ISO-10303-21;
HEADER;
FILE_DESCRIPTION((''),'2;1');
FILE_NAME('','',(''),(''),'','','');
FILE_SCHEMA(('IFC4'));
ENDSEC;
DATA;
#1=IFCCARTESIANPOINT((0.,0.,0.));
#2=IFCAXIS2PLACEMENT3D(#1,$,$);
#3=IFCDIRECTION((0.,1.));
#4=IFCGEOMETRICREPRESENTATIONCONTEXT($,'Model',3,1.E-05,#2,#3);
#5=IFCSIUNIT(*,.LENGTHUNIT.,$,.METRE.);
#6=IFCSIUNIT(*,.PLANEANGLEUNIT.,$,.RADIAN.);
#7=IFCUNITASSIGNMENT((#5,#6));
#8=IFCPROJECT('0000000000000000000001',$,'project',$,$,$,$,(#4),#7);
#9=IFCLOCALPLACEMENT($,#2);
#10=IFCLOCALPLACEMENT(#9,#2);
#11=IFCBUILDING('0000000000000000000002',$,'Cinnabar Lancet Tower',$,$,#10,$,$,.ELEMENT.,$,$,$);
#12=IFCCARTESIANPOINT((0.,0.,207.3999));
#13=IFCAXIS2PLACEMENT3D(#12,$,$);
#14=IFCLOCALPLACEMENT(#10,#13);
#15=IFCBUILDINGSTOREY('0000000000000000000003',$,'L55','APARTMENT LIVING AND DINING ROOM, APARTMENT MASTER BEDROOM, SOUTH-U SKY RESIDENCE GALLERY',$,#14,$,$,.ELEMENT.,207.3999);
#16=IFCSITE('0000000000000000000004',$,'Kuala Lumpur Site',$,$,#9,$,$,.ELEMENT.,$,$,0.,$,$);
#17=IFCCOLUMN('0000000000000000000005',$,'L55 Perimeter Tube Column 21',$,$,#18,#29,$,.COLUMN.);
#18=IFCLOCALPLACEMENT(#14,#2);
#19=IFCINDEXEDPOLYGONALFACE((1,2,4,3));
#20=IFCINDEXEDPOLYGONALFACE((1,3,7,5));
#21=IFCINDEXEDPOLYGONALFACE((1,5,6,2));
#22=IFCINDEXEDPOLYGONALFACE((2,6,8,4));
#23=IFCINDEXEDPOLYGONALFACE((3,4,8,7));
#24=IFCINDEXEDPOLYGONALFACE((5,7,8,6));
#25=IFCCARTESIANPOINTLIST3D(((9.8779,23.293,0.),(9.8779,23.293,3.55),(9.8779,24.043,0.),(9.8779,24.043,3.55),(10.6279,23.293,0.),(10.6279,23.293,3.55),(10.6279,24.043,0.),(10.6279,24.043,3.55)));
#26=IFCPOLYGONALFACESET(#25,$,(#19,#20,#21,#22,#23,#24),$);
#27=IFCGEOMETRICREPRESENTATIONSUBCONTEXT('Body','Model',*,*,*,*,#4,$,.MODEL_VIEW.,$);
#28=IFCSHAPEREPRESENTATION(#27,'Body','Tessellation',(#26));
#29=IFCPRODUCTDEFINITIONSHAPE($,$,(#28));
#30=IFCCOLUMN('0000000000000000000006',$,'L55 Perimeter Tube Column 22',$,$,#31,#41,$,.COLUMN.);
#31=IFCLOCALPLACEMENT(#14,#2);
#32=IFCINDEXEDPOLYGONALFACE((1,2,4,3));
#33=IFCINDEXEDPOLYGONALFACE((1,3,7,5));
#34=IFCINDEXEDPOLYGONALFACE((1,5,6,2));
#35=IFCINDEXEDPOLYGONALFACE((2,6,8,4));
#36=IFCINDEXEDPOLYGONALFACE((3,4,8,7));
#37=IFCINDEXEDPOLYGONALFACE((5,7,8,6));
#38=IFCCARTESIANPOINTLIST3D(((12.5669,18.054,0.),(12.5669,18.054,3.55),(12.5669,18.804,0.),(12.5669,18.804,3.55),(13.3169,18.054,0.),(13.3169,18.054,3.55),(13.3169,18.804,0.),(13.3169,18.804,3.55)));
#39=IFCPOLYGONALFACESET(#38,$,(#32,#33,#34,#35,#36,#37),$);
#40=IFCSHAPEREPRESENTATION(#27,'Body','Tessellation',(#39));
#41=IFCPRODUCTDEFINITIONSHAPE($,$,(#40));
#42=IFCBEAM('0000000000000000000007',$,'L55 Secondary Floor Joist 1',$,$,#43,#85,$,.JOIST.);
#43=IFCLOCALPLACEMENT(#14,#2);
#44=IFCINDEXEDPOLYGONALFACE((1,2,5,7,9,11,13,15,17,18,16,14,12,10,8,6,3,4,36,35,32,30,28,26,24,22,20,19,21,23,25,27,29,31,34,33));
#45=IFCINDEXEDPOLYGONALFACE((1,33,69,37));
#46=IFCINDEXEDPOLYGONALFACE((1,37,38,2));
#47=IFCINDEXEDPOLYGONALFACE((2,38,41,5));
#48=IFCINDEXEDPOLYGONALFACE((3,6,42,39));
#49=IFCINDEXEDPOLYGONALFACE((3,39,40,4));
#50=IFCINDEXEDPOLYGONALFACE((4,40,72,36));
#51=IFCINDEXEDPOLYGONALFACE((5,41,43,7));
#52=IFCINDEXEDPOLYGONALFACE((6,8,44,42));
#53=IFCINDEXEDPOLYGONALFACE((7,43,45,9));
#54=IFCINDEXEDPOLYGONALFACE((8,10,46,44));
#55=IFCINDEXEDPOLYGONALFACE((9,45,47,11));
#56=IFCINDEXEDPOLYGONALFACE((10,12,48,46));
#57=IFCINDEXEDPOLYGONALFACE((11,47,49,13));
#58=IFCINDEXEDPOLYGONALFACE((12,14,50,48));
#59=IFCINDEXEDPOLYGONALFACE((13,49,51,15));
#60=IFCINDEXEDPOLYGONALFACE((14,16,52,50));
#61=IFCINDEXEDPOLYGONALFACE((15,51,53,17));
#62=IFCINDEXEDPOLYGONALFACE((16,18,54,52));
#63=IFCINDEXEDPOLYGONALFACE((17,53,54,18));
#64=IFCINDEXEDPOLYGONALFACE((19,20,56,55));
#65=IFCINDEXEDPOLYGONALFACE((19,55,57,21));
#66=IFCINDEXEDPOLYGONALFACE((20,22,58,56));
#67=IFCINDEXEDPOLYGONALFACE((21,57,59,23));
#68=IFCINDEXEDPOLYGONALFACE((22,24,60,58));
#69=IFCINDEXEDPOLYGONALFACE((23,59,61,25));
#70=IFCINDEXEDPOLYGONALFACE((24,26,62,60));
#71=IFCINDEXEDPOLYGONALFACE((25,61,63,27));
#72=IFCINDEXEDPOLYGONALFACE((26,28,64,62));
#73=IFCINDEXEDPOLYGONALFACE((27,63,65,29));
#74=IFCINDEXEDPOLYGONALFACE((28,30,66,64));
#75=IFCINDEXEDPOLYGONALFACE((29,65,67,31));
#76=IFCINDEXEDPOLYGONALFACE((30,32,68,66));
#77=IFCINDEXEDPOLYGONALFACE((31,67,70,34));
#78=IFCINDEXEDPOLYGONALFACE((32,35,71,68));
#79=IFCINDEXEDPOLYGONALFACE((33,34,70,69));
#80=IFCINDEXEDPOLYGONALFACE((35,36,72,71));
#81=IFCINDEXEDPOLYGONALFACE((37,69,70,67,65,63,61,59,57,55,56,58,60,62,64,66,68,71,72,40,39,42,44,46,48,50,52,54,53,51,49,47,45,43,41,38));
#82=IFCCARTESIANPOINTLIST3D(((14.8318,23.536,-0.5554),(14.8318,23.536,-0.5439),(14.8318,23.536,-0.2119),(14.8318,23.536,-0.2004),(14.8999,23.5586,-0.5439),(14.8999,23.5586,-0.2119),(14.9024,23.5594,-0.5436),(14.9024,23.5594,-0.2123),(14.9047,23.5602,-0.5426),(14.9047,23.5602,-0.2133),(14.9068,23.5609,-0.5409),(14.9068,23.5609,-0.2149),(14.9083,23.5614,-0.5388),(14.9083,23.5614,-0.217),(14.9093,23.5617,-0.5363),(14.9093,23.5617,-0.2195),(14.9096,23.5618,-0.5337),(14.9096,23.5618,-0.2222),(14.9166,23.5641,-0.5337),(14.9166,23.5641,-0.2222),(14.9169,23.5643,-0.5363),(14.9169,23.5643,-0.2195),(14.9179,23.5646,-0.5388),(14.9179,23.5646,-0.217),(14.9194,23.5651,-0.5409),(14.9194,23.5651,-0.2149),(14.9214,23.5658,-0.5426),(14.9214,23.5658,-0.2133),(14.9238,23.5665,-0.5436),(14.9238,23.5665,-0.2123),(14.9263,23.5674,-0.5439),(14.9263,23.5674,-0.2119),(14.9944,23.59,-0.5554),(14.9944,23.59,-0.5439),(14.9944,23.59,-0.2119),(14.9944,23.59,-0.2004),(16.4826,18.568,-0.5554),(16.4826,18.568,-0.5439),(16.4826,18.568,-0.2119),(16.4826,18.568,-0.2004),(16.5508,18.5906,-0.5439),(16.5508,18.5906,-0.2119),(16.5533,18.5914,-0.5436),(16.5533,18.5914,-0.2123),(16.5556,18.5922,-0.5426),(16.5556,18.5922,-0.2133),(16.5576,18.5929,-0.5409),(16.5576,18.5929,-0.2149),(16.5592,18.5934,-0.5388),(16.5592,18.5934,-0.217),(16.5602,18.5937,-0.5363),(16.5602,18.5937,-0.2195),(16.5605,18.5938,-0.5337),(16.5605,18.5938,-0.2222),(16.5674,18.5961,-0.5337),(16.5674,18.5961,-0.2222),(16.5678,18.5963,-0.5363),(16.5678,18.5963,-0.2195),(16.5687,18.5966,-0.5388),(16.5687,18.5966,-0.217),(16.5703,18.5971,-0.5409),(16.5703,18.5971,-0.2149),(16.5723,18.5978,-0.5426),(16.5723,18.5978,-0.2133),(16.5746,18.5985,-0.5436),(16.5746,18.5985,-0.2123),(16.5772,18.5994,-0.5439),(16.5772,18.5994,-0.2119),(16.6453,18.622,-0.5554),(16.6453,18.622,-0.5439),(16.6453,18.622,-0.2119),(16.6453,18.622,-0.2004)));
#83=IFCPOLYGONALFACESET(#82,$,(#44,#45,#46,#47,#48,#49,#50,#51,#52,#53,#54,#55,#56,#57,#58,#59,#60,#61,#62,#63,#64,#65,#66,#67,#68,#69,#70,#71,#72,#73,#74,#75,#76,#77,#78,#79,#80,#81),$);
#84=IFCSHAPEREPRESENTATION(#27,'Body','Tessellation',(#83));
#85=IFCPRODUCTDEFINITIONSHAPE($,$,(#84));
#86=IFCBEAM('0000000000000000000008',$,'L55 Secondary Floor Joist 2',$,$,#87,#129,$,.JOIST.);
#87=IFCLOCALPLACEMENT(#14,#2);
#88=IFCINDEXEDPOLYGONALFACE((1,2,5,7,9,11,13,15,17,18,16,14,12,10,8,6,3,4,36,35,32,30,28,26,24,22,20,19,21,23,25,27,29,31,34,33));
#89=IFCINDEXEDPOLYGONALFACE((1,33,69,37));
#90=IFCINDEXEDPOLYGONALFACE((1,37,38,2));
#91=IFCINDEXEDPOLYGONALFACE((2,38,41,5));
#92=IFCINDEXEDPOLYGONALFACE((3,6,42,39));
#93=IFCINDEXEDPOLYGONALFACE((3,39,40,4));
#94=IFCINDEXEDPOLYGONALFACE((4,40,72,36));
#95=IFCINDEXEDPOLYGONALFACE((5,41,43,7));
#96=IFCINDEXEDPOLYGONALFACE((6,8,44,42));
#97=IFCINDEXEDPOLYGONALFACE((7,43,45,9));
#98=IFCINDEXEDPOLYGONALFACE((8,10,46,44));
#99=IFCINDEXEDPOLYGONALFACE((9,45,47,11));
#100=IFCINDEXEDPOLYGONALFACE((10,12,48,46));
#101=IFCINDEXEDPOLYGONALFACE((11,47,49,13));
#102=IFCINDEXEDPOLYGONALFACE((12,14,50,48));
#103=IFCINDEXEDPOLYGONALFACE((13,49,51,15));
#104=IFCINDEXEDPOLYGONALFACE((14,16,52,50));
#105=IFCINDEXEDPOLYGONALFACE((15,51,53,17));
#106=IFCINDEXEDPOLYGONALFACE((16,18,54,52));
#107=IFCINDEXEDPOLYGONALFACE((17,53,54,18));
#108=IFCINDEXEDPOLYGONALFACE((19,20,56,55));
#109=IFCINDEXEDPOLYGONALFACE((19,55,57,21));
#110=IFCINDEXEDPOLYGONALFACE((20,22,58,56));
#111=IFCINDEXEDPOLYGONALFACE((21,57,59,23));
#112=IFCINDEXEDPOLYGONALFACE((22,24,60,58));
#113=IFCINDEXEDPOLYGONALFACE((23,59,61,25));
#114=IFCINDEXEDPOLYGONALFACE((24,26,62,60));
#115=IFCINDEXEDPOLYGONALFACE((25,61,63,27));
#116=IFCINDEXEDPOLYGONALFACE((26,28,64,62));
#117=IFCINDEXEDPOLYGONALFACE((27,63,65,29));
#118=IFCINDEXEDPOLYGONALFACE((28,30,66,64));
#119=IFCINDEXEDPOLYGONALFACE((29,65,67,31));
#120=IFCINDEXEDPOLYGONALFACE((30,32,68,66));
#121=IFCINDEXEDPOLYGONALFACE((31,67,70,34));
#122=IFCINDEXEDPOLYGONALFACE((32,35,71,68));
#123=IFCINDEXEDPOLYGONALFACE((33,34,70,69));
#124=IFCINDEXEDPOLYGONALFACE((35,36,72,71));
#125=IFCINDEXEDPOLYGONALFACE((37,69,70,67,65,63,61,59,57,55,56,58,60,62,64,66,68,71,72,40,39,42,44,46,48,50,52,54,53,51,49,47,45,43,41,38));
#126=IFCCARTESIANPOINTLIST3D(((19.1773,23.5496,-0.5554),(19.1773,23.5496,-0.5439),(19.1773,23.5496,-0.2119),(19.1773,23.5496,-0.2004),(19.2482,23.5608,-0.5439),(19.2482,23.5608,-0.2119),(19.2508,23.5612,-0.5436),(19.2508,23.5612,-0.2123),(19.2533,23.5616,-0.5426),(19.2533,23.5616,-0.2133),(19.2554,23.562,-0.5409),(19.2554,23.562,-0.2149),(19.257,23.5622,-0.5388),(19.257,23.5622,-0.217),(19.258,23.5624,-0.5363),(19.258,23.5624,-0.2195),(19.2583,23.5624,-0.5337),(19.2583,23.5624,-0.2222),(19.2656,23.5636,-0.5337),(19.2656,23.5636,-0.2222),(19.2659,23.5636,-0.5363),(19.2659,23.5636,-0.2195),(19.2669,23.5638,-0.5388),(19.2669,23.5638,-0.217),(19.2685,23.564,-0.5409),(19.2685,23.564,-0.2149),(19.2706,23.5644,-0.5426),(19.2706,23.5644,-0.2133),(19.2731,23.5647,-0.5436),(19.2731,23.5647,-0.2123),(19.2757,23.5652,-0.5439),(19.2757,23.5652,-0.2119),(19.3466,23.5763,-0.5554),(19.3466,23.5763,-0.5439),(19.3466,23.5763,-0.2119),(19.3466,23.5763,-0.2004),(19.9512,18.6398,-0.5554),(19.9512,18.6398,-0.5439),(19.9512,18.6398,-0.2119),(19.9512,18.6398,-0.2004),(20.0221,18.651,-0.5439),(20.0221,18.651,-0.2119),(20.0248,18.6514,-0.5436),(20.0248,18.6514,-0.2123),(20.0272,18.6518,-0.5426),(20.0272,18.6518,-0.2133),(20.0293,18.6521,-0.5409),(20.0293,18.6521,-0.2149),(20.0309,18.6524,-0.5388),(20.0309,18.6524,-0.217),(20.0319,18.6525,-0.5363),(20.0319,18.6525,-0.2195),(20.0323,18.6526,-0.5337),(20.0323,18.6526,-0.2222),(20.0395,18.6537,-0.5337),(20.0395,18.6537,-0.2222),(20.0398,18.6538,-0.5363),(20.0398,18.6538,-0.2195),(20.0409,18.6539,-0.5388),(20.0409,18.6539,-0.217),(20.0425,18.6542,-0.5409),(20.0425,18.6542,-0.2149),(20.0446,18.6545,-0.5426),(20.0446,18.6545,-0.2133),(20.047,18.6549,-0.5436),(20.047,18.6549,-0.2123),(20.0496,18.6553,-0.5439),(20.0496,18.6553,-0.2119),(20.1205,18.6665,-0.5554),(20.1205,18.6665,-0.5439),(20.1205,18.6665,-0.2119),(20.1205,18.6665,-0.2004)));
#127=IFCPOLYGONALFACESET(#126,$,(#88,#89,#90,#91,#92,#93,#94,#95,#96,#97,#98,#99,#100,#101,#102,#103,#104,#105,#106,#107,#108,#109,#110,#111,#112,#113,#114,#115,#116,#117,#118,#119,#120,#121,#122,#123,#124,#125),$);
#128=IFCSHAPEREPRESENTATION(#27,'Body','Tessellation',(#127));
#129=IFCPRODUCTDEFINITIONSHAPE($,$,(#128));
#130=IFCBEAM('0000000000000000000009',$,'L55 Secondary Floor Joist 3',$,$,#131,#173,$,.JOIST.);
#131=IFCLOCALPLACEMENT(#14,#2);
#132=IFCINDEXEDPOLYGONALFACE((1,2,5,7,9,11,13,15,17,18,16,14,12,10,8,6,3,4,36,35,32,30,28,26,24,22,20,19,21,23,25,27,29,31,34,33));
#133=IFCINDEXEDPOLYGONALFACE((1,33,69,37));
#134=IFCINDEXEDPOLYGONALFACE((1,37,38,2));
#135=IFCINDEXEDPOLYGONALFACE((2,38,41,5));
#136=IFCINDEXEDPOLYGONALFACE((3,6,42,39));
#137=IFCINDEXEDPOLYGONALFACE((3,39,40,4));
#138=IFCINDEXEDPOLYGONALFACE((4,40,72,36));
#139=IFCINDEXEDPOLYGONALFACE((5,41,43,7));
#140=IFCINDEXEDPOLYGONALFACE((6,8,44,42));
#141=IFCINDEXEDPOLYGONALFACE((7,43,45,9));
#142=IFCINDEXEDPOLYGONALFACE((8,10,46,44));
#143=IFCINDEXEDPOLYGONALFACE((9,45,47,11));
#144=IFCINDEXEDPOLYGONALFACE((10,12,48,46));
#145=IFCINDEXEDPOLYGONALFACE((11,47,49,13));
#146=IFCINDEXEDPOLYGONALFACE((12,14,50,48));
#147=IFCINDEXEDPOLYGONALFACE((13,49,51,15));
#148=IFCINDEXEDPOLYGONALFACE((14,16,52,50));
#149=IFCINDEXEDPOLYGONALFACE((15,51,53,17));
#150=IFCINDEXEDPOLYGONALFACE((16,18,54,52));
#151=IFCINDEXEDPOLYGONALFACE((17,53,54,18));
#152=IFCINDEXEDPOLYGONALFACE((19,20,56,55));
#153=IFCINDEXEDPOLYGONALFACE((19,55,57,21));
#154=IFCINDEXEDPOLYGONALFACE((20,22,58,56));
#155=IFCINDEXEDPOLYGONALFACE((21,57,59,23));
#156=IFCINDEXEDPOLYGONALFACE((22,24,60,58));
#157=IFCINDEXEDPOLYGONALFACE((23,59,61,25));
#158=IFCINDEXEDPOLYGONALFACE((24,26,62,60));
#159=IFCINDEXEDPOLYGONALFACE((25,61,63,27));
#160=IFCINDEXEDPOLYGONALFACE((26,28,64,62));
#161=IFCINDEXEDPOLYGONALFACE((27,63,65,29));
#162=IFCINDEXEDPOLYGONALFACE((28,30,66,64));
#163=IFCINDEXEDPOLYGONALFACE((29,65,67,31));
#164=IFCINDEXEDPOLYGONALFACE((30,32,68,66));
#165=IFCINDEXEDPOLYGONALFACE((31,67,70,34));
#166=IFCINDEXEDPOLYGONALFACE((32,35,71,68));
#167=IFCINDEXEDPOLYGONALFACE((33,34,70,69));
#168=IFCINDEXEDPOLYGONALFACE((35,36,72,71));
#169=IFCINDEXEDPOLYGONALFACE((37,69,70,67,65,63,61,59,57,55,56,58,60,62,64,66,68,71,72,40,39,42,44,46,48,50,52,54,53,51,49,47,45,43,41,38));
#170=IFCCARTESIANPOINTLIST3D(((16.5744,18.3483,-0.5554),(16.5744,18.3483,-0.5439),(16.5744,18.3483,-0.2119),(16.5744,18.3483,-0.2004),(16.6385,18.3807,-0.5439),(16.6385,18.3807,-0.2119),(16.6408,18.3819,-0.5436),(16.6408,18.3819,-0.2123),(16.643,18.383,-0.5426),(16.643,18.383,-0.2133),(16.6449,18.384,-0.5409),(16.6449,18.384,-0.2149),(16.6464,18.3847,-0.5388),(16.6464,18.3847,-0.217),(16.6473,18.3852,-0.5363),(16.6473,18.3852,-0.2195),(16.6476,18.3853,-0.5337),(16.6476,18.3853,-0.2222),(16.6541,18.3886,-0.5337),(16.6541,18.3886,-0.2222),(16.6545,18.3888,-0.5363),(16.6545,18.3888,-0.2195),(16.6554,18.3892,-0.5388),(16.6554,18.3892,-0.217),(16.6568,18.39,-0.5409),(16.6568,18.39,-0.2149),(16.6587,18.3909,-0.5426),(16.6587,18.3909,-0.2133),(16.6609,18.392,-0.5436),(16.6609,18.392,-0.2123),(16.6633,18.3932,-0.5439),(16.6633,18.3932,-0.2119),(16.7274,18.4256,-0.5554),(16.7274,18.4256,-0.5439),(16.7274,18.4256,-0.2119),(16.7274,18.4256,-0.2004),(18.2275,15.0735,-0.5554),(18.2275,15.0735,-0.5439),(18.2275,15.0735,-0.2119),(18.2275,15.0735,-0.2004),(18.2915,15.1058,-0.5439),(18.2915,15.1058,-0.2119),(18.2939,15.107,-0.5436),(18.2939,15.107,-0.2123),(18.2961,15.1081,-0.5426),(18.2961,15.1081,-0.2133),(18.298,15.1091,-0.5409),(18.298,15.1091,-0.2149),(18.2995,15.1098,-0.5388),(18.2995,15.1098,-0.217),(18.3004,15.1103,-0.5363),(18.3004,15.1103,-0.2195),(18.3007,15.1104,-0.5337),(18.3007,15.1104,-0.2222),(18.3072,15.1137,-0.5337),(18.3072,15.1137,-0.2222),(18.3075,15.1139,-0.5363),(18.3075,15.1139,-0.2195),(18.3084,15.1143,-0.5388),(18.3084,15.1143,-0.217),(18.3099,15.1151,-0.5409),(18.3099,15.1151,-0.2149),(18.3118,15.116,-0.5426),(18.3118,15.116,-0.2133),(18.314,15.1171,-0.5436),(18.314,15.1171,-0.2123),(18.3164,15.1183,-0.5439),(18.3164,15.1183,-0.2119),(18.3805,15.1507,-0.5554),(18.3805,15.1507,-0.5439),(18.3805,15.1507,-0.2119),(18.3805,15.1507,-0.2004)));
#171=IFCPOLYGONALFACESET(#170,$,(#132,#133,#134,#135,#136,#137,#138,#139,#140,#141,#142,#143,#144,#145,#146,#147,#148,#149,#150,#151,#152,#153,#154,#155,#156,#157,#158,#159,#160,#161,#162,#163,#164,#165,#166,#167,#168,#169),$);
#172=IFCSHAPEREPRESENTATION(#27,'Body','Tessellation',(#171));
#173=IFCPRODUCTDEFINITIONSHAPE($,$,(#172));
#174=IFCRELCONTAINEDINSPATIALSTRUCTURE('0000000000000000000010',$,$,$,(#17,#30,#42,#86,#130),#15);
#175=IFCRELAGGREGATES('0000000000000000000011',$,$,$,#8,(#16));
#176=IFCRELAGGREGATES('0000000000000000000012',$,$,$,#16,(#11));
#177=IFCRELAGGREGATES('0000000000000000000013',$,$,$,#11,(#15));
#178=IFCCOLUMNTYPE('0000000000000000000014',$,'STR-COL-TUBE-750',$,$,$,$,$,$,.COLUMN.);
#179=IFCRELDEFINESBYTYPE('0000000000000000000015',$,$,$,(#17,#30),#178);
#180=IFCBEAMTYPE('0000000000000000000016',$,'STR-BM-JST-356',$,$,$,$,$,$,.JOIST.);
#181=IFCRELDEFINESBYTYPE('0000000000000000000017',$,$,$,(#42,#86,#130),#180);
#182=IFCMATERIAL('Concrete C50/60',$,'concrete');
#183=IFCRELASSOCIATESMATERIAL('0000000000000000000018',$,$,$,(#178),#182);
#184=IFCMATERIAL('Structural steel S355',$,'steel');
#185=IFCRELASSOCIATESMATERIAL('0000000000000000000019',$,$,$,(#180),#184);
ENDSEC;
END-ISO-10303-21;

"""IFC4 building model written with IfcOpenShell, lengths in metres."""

from ifc_helpers import new_model, si_unit, direction, frame, origin, origin_2d, place, context, subcontext, project, spatial, rectangle, i_section, extrude, material, material_profile, profile_set, type_object, element, save


model = new_model("IFC4")

# Units and contexts
model_context = context("Model", 3, precision=1e-05, world=origin(), true_north=direction((0.0, 1.0)))
body_context = subcontext(model_context, "Body", "Model", "MODEL_VIEW")
ifc_project = project(units=[si_unit("LENGTHUNIT", "METRE"), si_unit("PLANEANGLEUNIT", "RADIAN")], contexts=[model_context])

# Site, building, storey
site_placement = place(None, origin())
site = spatial("IfcSite", under=ifc_project, at=site_placement, Name="Kuala Lumpur Site", CompositionType="ELEMENT", RefElevation=0.0)
building_placement = place(site_placement, origin())
building = spatial("IfcBuilding", under=site, at=building_placement, Name="Cinnabar Lancet Tower", CompositionType="ELEMENT")
storey_placement = place(building_placement, frame((0.0, 0.0, 207.3999)))
storey = spatial("IfcBuildingStorey", under=building, at=storey_placement, Name="L55", Description="APARTMENT LIVING AND DINING ROOM, APARTMENT MASTER BEDROOM, SOUTH-U SKY RESIDENCE GALLERY", CompositionType="ELEMENT", Elevation=207.3999)

# Columns
ifc_material_1 = material(Name="Concrete C50/60", Category="concrete")
ifc_material_profile_1 = material_profile(ifc_material_1, rectangle(XDim=0.75, YDim=0.75, at=origin_2d()), Name="RC-COL 750x750")
ifc_profile_set_1 = profile_set([ifc_material_profile_1], Name="Concrete C50/60")
column_type = type_object("IfcColumnType", Name="STR-COL-TUBE-750", PredefinedType="COLUMN", material=ifc_profile_set_1)
for number, where, z_axis, x_axis, name in (
    (1, (10.2529, 23.668, 0.0), (0.0, 0.0, 1.0), (1.0, 0.0, 0.0), "L55 Perimeter Tube Column 21"),
    (2, (12.9419, 18.429, 0.0), (0.0, 0.0, 1.0), (1.0, 0.0, 0.0), "L55 Perimeter Tube Column 22"),
):
    element("IfcColumn", number, at=place(storey_placement, frame(where, z_axis=z_axis, x_axis=x_axis)), inside=storey, type_object=column_type, Name=name, PredefinedType="COLUMN", context=body_context, shape_type="SweptSolid", body=[
        extrude(rectangle(XDim=0.75, YDim=0.75, at=origin_2d()), origin(), (0.0, 0.0, 1.0), 3.55),
    ])

# Beams
ifc_material_2 = material(Name="Structural steel S355", Category="steel")
ifc_material_profile_2 = material_profile(ifc_material_2, i_section(OverallWidth=0.1714, OverallDepth=0.355, WebThickness=0.0073, FlangeThickness=0.0115, FilletRadius=0.0103, at=origin_2d()), Name="UKB 356x171x51")
ifc_profile_set_2 = profile_set([ifc_material_profile_2], Name="Structural steel S355")
beam_type_1 = type_object("IfcBeamType", Name="STR-BM-JST-356", PredefinedType="JOIST", material=ifc_profile_set_2)
beam_1_placement = place(storey_placement, frame((14.9131, 23.563, -0.3779), z_axis=(0.315346, -0.948977, 0.0), x_axis=(0.948977, 0.315346, 0.0)))
element("IfcBeam", 3, at=beam_1_placement, inside=storey, type_object=beam_type_1, Name="L55 Secondary Floor Joist 1", PredefinedType="JOIST", context=body_context, shape_type="SweptSolid", body=[
    extrude(i_section(OverallWidth=0.1714, OverallDepth=0.355, WebThickness=0.0073, FlangeThickness=0.0115, FilletRadius=0.0103, at=origin_2d()), origin(), (0.0, 0.0, 1.0), 5.2351),
])
beam_2_placement = place(storey_placement, frame((19.262, 23.563, -0.3779), z_axis=(0.155703, -0.987804, 0.0), x_axis=(0.987804, 0.155703, 0.0)))
element("IfcBeam", 4, at=beam_2_placement, inside=storey, type_object=beam_type_1, Name="L55 Secondary Floor Joist 2", PredefinedType="JOIST", context=body_context, shape_type="SweptSolid", body=[
    extrude(i_section(OverallWidth=0.1714, OverallDepth=0.355, WebThickness=0.0073, FlangeThickness=0.0115, FilletRadius=0.0103, at=origin_2d()), origin(), (0.0, 0.0, 1.0), 4.9705),
])
beam_3_placement = place(storey_placement, frame((16.6509, 18.387, -0.3779), z_axis=(0.450618, -0.892717, 0.0), x_axis=(0.892717, 0.450618, 0.0)))
element("IfcBeam", 5, at=beam_3_placement, inside=storey, type_object=beam_type_1, Name="L55 Secondary Floor Joist 3", PredefinedType="JOIST", context=body_context, shape_type="SweptSolid", body=[
    extrude(i_section(OverallWidth=0.1714, OverallDepth=0.355, WebThickness=0.0073, FlangeThickness=0.0115, FilletRadius=0.0103, at=origin_2d()), origin(), (0.0, 0.0, 1.0), 3.6685),
])

save(model, "model.ifc")
